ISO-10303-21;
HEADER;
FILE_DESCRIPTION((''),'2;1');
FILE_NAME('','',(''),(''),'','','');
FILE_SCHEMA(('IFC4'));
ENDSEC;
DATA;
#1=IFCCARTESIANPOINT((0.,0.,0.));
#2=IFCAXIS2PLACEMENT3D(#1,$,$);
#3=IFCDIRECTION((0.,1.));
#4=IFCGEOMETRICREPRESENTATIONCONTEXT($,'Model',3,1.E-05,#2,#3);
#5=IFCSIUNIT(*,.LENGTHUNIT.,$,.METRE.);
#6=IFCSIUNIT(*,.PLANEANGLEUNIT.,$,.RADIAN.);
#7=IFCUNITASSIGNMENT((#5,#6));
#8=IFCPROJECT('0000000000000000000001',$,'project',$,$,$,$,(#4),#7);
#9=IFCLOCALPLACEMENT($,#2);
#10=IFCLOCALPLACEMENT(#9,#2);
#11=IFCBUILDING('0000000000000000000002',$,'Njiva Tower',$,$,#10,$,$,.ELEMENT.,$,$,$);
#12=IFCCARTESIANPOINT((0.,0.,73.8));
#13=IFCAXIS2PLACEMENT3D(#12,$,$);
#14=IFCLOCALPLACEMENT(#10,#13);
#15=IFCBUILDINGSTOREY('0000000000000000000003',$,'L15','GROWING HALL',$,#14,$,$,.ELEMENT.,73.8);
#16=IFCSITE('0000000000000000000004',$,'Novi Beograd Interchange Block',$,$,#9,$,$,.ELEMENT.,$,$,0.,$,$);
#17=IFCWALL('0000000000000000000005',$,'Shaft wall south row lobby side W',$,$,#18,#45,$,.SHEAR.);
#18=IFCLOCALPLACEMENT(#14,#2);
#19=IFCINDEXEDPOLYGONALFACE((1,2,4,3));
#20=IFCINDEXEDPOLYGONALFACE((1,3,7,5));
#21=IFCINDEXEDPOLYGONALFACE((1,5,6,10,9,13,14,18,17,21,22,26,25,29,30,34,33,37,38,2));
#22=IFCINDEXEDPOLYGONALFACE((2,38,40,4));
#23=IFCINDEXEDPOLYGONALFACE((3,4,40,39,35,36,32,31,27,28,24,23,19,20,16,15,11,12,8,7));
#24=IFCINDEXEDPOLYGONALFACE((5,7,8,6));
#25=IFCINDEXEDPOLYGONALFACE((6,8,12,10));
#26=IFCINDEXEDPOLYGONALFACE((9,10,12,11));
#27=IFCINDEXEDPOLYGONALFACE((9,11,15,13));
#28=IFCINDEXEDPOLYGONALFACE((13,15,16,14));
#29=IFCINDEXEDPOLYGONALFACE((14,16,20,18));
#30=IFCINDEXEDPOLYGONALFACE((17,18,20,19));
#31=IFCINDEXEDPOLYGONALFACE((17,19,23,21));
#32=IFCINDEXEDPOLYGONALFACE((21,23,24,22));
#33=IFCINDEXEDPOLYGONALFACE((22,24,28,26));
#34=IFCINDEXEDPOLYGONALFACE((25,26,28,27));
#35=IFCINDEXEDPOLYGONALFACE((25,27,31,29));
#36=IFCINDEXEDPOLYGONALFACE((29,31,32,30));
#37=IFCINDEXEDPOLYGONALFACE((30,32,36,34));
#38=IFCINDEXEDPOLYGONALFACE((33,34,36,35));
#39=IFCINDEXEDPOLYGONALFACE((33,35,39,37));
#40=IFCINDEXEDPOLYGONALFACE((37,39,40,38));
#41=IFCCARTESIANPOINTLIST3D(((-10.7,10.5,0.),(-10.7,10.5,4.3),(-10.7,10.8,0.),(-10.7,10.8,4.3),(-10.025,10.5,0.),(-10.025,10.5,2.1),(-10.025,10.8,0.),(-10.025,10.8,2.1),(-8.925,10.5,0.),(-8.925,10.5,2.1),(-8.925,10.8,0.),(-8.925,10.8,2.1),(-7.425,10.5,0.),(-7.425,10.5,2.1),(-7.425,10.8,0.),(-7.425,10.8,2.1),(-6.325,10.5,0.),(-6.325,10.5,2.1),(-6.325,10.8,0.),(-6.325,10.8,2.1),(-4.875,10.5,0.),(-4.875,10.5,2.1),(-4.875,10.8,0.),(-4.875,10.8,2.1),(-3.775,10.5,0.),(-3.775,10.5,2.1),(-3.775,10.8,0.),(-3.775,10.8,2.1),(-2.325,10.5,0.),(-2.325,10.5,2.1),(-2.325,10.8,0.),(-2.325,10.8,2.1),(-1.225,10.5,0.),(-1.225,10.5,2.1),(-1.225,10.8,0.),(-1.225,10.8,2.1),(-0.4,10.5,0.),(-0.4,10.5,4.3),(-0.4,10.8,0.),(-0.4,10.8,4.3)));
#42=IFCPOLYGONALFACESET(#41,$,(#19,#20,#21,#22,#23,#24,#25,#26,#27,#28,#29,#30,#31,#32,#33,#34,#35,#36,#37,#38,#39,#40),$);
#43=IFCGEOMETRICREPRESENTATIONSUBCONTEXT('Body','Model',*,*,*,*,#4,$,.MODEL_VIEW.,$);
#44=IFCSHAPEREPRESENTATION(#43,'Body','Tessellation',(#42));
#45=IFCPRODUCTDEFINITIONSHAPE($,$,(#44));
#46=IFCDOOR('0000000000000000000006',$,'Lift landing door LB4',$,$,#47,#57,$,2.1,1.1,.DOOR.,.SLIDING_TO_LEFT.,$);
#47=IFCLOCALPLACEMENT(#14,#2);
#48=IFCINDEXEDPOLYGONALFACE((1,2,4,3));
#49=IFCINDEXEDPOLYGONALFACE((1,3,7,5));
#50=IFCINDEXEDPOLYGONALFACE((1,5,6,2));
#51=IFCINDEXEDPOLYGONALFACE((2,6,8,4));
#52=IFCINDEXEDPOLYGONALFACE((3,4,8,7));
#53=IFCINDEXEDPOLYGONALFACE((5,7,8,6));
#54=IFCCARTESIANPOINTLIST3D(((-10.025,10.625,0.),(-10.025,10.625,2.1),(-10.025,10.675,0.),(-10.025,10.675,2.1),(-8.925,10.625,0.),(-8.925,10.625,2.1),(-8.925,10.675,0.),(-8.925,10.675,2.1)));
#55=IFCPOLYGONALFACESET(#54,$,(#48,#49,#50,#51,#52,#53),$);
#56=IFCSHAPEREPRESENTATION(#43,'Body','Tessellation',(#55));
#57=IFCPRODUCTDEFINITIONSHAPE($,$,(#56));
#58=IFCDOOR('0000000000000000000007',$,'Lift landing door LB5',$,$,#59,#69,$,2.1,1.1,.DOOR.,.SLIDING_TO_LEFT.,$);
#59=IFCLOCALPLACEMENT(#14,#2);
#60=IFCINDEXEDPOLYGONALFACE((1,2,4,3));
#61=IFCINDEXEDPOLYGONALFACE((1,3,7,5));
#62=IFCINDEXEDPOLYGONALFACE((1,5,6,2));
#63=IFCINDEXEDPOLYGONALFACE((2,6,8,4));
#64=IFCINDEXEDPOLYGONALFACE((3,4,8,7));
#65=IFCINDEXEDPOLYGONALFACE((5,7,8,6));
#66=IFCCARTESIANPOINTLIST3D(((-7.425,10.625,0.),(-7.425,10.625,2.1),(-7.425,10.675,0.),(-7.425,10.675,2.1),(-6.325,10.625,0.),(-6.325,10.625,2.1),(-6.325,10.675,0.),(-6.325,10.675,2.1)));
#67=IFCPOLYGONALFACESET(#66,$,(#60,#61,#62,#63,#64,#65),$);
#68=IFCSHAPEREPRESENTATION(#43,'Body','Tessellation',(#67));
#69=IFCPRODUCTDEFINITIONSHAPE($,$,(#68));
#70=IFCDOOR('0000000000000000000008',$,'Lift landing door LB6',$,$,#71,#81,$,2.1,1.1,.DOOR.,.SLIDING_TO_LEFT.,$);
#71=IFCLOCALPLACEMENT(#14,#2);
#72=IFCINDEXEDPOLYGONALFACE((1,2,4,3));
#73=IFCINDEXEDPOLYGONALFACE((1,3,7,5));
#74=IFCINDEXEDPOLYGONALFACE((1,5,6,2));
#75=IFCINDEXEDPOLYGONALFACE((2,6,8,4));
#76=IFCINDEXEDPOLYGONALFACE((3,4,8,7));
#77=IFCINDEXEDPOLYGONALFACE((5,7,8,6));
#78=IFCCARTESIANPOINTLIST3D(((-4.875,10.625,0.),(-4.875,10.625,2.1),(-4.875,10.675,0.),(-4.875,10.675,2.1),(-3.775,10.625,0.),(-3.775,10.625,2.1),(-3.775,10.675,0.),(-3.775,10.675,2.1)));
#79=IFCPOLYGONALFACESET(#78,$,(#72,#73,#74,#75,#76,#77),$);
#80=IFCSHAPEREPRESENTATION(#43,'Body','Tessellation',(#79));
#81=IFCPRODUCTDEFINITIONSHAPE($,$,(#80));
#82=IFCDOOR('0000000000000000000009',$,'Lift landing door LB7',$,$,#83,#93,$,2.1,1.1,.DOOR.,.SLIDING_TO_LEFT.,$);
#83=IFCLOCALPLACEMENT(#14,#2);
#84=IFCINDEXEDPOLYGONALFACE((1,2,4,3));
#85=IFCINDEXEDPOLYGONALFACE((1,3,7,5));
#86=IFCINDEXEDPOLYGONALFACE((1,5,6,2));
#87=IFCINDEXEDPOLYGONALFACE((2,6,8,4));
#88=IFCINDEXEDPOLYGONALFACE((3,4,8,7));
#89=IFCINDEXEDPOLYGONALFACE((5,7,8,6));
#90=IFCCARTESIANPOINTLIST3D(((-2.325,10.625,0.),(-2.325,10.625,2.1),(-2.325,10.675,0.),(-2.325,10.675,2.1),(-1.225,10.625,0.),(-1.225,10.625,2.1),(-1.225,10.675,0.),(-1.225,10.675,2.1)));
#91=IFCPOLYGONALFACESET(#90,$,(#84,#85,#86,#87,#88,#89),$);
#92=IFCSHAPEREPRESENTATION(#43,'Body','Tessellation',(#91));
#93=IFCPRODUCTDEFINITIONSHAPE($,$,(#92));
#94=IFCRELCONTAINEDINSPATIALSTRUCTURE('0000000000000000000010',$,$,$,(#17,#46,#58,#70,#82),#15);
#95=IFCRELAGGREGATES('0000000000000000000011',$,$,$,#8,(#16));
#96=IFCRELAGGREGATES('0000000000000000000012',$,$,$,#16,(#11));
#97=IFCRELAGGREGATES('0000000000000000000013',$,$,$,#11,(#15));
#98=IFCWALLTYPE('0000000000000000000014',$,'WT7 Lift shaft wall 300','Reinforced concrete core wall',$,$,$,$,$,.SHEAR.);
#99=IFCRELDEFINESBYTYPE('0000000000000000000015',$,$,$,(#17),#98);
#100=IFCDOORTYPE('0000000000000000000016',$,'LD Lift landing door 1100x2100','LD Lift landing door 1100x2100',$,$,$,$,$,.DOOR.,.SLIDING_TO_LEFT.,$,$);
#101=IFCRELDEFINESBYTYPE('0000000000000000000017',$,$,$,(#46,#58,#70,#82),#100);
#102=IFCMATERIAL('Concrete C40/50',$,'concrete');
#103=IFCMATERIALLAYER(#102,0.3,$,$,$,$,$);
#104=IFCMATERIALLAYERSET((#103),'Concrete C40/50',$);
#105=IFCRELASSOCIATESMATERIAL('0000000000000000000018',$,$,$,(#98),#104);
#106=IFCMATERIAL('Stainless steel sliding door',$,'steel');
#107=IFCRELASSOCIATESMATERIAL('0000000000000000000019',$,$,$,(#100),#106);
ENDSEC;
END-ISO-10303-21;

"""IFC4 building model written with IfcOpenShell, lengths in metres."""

from ifc_helpers import new_model, si_unit, direction, frame, frame_2d, origin, place, context, subcontext, project, spatial, rectangle, extrude, material, layer, layer_set, type_object, element, fill, save


model = new_model("IFC4")

# Units and contexts
model_context = context("Model", 3, precision=1e-05, world=origin(), true_north=direction((0.0, 1.0)))
body_context = subcontext(model_context, "Body", "Model", "MODEL_VIEW")
ifc_project = project(units=[si_unit("LENGTHUNIT", "METRE"), si_unit("PLANEANGLEUNIT", "RADIAN")], contexts=[model_context])

# Site, building, storey
site_placement = place(None, origin())
site = spatial("IfcSite", under=ifc_project, at=site_placement, Name="Novi Beograd Interchange Block", CompositionType="ELEMENT", RefElevation=0.0)
building_placement = place(site_placement, origin())
building = spatial("IfcBuilding", under=site, at=building_placement, Name="Njiva Tower", CompositionType="ELEMENT")
storey_placement = place(building_placement, frame((0.0, 0.0, 73.8)))
storey = spatial("IfcBuildingStorey", under=building, at=storey_placement, Name="L15", Description="GROWING HALL", CompositionType="ELEMENT", Elevation=73.8)

# Shared definitions
ifc_material_1 = material(Name="Concrete C40/50", Category="concrete")

# Wall, openings, doors
ifc_layer_1 = layer(ifc_material_1, 0.3)
ifc_layer_set_1 = layer_set([ifc_layer_1], Name="Concrete C40/50")
wall_type_1 = type_object("IfcWallType", Name="WT7 Lift shaft wall 300", Description="Reinforced concrete core wall", PredefinedType="SHEAR", material=ifc_layer_set_1)
ifc_material_2 = material(Name="Stainless steel sliding door", Category="steel")
door_type_1 = type_object("IfcDoorType", Name="LD Lift landing door 1100x2100", Description="LD Lift landing door 1100x2100", OperationType="SLIDING_TO_LEFT", PredefinedType="DOOR", material=ifc_material_2)
wall_1_placement = place(storey_placement, frame((-10.7, 10.65, 0.0), z_axis=(0.0, 0.0, 1.0), x_axis=(1.0, 0.0, 0.0)))
wall_1 = element("IfcWall", 1, at=wall_1_placement, inside=storey, type_object=wall_type_1, Name="Shaft wall south row lobby side W", PredefinedType="SHEAR", context=body_context, shape_type="SweptSolid", body=[
    extrude(rectangle(XDim=10.3, YDim=0.3, at=frame_2d((5.15, 0.0))), origin(), (0.0, 0.0, 1.0), 4.3),
])
opening_1_placement = place(wall_1_placement, frame((0.675, 0.0, 0.0)))
opening_1 = element("IfcOpeningElement", 2, at=opening_1_placement, cuts=wall_1, PredefinedType="OPENING", context=body_context, shape_type="SweptSolid", body=[
    extrude(rectangle(XDim=1.1, YDim=2.1, at=frame_2d((0.55, 1.05))), frame((0.0, 0.16, 0.0), z_axis=(0.0, -1.0, 0.0), x_axis=(1.0, 0.0, 0.0)), (0.0, 0.0, 1.0), 0.32),
])
opening_2_placement = place(wall_1_placement, frame((3.275, 0.0, 0.0)))
opening_2 = element("IfcOpeningElement", 3, at=opening_2_placement, cuts=wall_1, PredefinedType="OPENING", context=body_context, shape_type="SweptSolid", body=[
    extrude(rectangle(XDim=1.1, YDim=2.1, at=frame_2d((0.55, 1.05))), frame((0.0, 0.16, 0.0), z_axis=(0.0, -1.0, 0.0), x_axis=(1.0, 0.0, 0.0)), (0.0, 0.0, 1.0), 0.32),
])
opening_3_placement = place(wall_1_placement, frame((5.825, 0.0, 0.0)))
opening_3 = element("IfcOpeningElement", 4, at=opening_3_placement, cuts=wall_1, PredefinedType="OPENING", context=body_context, shape_type="SweptSolid", body=[
    extrude(rectangle(XDim=1.1, YDim=2.1, at=frame_2d((0.55, 1.05))), frame((0.0, 0.16, 0.0), z_axis=(0.0, -1.0, 0.0), x_axis=(1.0, 0.0, 0.0)), (0.0, 0.0, 1.0), 0.32),
])
opening_4_placement = place(wall_1_placement, frame((8.375, 0.0, 0.0)))
opening_4 = element("IfcOpeningElement", 5, at=opening_4_placement, cuts=wall_1, PredefinedType="OPENING", context=body_context, shape_type="SweptSolid", body=[
    extrude(rectangle(XDim=1.1, YDim=2.1, at=frame_2d((0.55, 1.05))), frame((0.0, 0.16, 0.0), z_axis=(0.0, -1.0, 0.0), x_axis=(1.0, 0.0, 0.0)), (0.0, 0.0, 1.0), 0.32),
])
door_1_placement = place(opening_1_placement, origin())
door_1 = element("IfcDoor", 6, at=door_1_placement, inside=storey, type_object=door_type_1, Name="Lift landing door LB4", OperationType="SLIDING_TO_LEFT", OverallHeight=2.1, OverallWidth=1.1, PredefinedType="DOOR", context=body_context, shape_type="SweptSolid", body=[
    extrude(rectangle(XDim=1.1, YDim=2.1, at=frame_2d((0.55, 1.05))), frame((0.0, 0.025, 0.0), z_axis=(0.0, -1.0, 0.0), x_axis=(1.0, 0.0, 0.0)), (0.0, 0.0, 1.0), 0.05),
])
fill(opening_1, door_1)
door_2_placement = place(opening_2_placement, origin())
door_2 = element("IfcDoor", 7, at=door_2_placement, inside=storey, type_object=door_type_1, Name="Lift landing door LB5", OperationType="SLIDING_TO_LEFT", OverallHeight=2.1, OverallWidth=1.1, PredefinedType="DOOR", context=body_context, shape_type="SweptSolid", body=[
    extrude(rectangle(XDim=1.1, YDim=2.1, at=frame_2d((0.55, 1.05))), frame((0.0, 0.025, 0.0), z_axis=(0.0, -1.0, 0.0), x_axis=(1.0, 0.0, 0.0)), (0.0, 0.0, 1.0), 0.05),
])
fill(opening_2, door_2)
door_3_placement = place(opening_3_placement, origin())
door_3 = element("IfcDoor", 8, at=door_3_placement, inside=storey, type_object=door_type_1, Name="Lift landing door LB6", OperationType="SLIDING_TO_LEFT", OverallHeight=2.1, OverallWidth=1.1, PredefinedType="DOOR", context=body_context, shape_type="SweptSolid", body=[
    extrude(rectangle(XDim=1.1, YDim=2.1, at=frame_2d((0.55, 1.05))), frame((0.0, 0.025, 0.0), z_axis=(0.0, -1.0, 0.0), x_axis=(1.0, 0.0, 0.0)), (0.0, 0.0, 1.0), 0.05),
])
fill(opening_3, door_3)
door_4_placement = place(opening_4_placement, origin())
door_4 = element("IfcDoor", 9, at=door_4_placement, inside=storey, type_object=door_type_1, Name="Lift landing door LB7", OperationType="SLIDING_TO_LEFT", OverallHeight=2.1, OverallWidth=1.1, PredefinedType="DOOR", context=body_context, shape_type="SweptSolid", body=[
    extrude(rectangle(XDim=1.1, YDim=2.1, at=frame_2d((0.55, 1.05))), frame((0.0, 0.025, 0.0), z_axis=(0.0, -1.0, 0.0), x_axis=(1.0, 0.0, 0.0)), (0.0, 0.0, 1.0), 0.05),
])
fill(opening_4, door_4)

save(model, "model.ifc")
